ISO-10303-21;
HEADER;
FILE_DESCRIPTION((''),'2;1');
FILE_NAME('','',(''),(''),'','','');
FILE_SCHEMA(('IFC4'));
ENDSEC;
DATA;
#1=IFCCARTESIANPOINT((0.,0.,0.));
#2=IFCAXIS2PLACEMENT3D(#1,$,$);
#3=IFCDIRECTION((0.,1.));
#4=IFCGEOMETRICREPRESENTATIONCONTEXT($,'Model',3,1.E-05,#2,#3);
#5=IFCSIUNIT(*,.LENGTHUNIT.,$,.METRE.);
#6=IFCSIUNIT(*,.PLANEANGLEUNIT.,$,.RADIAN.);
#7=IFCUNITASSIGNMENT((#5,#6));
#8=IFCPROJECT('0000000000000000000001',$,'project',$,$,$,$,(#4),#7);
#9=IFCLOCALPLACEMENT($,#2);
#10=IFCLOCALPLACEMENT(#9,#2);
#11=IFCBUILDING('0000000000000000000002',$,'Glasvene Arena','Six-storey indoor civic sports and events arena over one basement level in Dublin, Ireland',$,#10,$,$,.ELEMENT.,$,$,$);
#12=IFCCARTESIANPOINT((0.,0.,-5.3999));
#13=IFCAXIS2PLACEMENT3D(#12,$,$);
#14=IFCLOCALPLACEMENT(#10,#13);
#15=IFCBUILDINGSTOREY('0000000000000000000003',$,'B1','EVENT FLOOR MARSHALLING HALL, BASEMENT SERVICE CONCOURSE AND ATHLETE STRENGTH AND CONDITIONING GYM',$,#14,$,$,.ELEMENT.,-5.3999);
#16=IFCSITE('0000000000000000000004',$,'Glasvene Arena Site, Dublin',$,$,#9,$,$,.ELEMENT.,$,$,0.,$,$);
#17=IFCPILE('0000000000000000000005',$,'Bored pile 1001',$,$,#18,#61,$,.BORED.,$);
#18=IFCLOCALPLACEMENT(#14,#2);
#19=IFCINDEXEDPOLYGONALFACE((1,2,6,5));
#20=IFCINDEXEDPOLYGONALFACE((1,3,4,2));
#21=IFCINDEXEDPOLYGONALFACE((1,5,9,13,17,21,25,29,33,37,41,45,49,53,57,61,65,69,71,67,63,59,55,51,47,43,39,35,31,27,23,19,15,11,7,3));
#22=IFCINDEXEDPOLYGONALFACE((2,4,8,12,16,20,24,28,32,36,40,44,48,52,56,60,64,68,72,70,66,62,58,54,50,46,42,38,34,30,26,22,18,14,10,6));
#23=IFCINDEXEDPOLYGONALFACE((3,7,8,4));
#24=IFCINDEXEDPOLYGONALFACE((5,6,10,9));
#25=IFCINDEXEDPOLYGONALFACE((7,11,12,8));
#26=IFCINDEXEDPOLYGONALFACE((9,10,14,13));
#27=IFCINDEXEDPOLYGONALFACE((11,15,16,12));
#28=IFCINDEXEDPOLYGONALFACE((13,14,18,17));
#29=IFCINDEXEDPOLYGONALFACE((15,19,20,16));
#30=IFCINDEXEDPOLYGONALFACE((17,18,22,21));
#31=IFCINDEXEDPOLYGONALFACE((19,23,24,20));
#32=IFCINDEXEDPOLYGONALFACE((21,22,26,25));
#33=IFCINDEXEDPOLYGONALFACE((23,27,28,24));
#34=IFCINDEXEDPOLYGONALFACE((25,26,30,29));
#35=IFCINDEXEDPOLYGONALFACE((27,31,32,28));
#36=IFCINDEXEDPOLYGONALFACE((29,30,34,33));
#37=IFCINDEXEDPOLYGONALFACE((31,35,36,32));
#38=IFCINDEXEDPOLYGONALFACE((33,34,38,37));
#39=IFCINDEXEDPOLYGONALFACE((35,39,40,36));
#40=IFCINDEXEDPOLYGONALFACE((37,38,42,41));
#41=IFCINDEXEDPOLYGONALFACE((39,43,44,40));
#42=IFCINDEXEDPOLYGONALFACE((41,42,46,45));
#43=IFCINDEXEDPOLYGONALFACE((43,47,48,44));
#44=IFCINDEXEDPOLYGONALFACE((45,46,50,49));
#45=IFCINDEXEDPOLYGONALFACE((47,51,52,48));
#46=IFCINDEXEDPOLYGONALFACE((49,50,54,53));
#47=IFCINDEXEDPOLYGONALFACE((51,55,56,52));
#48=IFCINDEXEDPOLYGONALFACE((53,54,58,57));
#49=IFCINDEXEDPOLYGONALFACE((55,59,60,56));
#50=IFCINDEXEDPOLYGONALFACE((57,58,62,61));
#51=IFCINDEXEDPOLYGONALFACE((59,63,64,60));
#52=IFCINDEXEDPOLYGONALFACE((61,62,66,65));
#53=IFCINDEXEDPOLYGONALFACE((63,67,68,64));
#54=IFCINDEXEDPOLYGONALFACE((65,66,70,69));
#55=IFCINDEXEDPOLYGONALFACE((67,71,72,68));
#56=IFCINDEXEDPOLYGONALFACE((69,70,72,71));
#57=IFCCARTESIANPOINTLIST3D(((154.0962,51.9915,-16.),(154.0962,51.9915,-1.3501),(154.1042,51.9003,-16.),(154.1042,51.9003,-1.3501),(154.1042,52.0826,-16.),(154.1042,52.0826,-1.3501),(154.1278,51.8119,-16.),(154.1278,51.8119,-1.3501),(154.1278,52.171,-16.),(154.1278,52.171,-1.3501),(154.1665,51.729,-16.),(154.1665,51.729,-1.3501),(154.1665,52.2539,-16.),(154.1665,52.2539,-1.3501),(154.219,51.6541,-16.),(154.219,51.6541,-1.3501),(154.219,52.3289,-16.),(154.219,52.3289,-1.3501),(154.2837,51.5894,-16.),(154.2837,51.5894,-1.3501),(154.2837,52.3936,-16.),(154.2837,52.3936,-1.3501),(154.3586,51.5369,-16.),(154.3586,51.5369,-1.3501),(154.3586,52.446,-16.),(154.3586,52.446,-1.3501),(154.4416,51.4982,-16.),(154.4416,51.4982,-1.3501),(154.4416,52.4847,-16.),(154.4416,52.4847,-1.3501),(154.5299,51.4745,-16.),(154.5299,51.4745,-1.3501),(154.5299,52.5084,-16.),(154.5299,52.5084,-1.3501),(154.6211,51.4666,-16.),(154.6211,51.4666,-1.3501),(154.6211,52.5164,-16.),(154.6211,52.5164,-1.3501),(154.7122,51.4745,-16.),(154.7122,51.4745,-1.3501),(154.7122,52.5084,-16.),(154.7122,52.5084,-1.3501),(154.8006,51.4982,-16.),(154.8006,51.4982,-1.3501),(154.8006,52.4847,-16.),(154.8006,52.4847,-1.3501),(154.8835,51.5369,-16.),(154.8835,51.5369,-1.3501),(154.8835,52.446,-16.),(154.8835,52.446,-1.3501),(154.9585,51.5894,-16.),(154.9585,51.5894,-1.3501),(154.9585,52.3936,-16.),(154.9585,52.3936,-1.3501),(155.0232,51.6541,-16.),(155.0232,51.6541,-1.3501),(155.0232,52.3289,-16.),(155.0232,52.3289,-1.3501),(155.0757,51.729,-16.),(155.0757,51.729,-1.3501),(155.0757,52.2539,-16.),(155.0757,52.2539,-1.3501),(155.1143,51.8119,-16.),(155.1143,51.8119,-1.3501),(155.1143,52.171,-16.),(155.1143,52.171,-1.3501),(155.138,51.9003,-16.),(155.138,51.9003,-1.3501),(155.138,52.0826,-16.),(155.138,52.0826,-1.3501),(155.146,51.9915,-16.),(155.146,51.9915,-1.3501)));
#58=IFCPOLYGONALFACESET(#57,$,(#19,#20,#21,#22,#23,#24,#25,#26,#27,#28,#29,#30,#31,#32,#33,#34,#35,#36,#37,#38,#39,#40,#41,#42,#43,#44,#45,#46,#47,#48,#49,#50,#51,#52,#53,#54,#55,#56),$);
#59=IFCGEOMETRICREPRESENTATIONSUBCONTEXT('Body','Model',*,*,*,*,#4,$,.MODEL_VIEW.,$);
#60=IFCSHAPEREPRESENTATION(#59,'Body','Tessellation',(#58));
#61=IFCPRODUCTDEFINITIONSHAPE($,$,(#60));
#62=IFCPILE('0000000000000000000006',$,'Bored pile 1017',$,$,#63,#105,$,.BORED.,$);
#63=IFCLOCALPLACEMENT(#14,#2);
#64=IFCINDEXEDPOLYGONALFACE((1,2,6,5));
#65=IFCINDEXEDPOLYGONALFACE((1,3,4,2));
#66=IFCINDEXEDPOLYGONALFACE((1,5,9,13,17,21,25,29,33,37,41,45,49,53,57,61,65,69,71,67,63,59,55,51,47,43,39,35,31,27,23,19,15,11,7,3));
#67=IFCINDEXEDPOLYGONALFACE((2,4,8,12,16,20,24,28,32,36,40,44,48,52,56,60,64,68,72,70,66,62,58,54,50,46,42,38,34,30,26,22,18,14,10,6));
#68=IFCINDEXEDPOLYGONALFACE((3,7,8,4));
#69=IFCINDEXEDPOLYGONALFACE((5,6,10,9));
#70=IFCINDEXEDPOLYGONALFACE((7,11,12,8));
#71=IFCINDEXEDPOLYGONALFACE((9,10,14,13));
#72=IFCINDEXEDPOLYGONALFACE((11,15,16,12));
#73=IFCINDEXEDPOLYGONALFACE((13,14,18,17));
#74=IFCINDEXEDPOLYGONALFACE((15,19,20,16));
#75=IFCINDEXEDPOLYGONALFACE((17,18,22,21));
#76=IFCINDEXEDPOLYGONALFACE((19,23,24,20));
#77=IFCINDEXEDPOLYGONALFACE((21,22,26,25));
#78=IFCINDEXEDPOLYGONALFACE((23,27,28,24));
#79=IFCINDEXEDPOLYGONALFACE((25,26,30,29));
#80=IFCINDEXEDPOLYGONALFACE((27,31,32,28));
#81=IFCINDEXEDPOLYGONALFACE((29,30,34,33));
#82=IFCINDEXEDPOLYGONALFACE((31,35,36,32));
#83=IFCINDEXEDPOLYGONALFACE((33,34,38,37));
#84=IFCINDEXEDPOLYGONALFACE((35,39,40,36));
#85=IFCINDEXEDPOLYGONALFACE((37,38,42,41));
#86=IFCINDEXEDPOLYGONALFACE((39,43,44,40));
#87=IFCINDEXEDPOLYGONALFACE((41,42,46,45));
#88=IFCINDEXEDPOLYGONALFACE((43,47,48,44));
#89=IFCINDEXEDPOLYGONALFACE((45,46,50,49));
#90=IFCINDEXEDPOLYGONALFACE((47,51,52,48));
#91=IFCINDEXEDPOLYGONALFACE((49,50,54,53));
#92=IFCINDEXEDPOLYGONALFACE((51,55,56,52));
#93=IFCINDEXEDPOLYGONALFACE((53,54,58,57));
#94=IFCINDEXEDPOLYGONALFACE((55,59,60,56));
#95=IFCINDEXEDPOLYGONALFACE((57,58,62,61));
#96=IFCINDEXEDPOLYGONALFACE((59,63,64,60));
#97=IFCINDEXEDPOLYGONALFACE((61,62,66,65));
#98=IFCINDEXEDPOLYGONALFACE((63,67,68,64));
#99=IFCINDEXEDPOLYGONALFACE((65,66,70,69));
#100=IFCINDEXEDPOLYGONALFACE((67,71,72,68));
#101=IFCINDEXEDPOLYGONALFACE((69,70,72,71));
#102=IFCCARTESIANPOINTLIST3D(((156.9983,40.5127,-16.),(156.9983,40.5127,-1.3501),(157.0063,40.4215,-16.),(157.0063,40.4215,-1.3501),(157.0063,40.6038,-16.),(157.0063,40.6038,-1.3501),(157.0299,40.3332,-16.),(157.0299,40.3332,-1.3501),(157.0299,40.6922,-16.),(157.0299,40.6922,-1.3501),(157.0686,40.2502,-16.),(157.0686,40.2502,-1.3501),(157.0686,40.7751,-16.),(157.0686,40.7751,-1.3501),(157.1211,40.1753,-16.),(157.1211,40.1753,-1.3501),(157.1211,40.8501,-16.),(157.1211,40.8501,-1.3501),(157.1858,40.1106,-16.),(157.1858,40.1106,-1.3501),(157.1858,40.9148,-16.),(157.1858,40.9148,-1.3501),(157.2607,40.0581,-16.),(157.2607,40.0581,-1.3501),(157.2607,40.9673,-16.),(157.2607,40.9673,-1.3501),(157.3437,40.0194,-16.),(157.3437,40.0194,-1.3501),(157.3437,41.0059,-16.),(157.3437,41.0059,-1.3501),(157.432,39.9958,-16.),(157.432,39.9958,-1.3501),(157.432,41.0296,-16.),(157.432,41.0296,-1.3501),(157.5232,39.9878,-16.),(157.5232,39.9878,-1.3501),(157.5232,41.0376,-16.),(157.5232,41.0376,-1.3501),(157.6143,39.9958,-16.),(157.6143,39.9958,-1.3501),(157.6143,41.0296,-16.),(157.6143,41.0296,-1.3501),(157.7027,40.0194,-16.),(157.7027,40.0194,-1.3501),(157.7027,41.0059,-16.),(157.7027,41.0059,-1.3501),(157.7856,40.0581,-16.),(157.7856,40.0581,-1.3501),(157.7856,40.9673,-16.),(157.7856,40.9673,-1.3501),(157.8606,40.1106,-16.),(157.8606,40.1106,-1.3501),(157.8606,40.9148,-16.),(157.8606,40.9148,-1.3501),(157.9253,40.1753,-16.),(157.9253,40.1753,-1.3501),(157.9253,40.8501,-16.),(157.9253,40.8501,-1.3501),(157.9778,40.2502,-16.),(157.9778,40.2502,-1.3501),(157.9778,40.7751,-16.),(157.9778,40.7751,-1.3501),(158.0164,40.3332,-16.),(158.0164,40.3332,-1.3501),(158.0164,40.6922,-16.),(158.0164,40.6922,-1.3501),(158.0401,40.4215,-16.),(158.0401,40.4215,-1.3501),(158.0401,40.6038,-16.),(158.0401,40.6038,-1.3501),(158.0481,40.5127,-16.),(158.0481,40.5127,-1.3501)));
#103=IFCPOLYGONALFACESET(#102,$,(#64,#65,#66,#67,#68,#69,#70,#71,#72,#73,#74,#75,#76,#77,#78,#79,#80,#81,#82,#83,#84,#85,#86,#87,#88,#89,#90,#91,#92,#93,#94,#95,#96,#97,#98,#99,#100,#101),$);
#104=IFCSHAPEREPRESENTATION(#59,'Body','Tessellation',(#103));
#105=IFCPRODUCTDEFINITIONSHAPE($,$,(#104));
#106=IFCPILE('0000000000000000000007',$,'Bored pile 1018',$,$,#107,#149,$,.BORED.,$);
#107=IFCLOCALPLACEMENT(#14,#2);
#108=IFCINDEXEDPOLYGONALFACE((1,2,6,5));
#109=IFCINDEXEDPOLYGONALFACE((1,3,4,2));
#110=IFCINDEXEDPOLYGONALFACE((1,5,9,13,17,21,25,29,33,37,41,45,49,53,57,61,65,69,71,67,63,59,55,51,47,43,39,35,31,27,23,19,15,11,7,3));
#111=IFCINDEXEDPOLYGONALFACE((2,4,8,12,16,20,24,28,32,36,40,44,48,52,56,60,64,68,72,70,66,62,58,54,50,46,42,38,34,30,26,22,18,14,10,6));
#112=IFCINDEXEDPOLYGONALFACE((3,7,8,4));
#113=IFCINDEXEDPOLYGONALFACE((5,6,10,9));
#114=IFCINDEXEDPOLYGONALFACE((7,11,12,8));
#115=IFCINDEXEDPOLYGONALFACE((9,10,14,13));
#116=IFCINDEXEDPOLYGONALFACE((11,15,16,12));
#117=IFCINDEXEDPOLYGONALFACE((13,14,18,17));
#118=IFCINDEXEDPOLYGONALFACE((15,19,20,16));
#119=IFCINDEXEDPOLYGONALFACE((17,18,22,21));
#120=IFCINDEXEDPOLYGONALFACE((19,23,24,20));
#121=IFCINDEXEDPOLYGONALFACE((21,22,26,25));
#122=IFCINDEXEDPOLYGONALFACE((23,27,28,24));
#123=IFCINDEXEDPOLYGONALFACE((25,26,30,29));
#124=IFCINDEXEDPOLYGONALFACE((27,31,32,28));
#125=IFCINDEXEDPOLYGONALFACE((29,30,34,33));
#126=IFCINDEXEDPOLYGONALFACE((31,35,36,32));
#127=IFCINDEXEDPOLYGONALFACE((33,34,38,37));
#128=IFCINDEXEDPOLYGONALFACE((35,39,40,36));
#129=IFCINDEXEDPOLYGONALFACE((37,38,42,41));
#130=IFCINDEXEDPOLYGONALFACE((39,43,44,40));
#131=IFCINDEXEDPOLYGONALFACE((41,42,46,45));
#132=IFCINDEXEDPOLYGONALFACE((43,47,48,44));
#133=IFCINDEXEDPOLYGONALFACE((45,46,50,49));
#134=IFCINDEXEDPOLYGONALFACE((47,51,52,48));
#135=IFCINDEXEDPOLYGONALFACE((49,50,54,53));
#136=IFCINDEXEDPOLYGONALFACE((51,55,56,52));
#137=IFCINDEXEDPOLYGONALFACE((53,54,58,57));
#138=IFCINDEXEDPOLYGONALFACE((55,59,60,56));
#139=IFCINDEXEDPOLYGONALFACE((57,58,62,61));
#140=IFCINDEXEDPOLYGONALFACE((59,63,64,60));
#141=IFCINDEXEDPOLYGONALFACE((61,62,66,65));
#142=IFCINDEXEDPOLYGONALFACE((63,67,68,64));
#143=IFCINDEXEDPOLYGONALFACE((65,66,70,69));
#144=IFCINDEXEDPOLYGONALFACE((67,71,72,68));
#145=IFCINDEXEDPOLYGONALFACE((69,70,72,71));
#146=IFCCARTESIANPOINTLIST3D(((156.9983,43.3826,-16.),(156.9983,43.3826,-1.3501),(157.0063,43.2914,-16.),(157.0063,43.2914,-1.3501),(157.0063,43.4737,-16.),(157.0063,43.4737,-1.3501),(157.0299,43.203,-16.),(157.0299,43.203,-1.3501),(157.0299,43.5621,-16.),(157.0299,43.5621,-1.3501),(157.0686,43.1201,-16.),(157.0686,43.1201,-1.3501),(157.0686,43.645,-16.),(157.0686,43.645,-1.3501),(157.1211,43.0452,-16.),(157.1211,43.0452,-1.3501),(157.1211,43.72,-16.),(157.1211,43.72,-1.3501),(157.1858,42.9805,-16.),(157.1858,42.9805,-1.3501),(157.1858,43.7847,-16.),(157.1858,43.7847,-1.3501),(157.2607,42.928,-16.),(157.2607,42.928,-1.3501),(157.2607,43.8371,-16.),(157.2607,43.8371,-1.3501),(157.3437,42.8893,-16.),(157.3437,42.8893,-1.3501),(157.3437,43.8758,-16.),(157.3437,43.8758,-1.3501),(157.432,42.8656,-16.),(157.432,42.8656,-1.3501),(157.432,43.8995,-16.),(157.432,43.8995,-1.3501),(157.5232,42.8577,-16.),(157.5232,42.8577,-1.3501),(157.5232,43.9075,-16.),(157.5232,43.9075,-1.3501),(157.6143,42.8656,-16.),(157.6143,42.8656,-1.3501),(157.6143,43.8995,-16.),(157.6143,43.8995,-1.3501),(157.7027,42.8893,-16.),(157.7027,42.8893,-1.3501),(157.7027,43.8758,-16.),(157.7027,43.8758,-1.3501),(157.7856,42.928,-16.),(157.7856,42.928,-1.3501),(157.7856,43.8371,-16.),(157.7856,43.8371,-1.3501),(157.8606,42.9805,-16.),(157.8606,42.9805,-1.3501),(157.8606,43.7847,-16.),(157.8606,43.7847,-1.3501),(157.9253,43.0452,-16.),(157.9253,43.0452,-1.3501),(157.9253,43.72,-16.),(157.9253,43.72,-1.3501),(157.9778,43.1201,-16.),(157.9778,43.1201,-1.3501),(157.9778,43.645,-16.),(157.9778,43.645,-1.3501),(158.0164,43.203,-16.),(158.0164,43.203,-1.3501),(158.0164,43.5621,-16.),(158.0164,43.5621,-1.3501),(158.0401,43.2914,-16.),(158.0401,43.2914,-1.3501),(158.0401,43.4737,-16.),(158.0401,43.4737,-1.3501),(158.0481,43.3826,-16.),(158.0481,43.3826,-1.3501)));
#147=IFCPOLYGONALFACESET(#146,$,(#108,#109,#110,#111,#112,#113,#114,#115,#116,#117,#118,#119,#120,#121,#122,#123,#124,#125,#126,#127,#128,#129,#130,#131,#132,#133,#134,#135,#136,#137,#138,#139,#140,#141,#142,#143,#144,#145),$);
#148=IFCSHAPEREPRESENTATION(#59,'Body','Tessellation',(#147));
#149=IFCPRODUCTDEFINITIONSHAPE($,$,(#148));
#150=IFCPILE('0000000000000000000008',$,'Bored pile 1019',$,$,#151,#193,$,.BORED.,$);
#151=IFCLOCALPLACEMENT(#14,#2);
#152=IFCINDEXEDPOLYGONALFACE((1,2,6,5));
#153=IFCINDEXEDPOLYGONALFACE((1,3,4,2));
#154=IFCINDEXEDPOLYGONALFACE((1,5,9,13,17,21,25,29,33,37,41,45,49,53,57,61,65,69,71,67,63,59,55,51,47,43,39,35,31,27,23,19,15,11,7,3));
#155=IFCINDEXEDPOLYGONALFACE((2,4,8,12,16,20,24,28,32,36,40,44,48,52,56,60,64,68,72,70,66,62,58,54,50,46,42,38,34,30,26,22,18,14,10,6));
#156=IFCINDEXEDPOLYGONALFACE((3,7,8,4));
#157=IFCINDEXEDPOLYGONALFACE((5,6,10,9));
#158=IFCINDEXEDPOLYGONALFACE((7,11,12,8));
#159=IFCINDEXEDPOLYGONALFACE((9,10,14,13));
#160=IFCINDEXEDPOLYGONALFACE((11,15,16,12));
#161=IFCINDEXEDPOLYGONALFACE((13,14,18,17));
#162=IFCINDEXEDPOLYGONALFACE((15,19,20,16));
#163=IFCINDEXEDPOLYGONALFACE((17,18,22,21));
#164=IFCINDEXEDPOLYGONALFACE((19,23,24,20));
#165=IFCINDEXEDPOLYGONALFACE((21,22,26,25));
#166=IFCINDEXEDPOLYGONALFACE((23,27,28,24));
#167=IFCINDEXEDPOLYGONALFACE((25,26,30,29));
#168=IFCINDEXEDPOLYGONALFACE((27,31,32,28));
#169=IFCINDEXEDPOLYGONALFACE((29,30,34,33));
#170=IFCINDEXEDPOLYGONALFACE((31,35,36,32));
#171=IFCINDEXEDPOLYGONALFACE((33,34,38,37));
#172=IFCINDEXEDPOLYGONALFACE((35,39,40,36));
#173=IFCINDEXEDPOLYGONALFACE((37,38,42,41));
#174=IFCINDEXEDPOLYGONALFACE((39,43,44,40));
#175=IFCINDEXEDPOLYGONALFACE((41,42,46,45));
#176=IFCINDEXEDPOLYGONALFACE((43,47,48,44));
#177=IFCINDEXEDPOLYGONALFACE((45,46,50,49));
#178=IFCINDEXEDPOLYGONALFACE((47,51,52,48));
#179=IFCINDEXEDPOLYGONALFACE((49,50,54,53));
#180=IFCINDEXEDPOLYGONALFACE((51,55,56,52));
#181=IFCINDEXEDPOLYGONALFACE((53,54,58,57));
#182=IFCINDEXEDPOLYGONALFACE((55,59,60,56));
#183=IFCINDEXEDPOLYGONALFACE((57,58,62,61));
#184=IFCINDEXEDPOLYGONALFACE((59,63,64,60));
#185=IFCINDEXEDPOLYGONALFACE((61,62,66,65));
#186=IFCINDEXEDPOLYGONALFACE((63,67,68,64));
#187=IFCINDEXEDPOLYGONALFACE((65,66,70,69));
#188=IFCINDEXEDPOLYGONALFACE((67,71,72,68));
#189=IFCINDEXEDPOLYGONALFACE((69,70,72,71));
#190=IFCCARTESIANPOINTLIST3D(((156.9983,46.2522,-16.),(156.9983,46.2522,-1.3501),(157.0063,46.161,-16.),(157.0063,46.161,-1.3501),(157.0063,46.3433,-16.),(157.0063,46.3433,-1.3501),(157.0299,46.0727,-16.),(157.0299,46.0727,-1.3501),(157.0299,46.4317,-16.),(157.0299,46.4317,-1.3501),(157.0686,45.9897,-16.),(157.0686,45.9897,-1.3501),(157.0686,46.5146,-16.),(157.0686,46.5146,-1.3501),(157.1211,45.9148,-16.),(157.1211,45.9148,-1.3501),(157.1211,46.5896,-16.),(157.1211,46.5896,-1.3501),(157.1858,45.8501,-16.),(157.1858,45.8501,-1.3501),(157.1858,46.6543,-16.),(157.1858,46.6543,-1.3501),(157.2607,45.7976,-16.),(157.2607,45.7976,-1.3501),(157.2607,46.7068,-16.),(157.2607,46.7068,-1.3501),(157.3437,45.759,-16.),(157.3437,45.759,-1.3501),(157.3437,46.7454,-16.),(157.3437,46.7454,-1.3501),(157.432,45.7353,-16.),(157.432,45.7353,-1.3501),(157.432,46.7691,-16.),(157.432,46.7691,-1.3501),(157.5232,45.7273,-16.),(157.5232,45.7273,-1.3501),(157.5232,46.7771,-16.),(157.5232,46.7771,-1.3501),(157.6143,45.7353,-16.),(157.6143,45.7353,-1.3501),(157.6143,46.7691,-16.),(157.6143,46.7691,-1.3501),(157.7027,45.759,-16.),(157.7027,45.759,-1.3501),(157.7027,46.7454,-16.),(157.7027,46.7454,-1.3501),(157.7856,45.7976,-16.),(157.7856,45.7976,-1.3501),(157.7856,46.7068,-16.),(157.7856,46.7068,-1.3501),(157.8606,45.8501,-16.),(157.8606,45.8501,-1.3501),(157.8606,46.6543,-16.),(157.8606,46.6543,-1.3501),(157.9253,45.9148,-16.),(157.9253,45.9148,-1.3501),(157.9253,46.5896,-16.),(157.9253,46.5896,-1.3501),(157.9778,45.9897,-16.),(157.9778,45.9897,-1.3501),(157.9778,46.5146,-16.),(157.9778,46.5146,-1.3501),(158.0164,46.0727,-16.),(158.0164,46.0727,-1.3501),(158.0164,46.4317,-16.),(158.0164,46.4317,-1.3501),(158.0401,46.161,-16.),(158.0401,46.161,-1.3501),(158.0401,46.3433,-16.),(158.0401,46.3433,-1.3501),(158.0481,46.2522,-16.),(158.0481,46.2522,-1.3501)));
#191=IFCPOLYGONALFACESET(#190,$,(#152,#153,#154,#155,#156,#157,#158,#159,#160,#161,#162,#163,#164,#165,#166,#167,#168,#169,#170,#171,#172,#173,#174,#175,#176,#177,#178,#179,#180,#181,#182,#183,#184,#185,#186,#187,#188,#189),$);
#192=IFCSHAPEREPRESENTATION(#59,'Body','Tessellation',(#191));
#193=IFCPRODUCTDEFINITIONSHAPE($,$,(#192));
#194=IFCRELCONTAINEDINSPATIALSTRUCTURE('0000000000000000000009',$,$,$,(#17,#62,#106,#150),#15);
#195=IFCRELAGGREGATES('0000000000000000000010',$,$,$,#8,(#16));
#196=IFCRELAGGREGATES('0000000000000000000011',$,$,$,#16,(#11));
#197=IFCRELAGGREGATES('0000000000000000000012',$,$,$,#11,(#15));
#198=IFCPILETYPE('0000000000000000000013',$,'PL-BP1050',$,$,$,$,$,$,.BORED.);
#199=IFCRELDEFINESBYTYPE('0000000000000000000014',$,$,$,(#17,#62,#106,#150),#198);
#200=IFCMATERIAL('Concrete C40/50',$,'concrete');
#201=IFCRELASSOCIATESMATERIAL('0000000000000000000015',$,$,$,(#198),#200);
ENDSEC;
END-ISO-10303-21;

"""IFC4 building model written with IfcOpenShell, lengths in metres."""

from ifc_helpers import new_model, si_unit, direction, frame, origin, origin_2d, place, context, subcontext, project, spatial, circle, extrude, material, material_profile, profile_set, type_object, element, save


model = new_model("IFC4")

# Units and contexts
model_context = context("Model", 3, precision=1e-05, world=origin(), true_north=direction((0.0, 1.0)))
body_context = subcontext(model_context, "Body", "Model", "MODEL_VIEW")
ifc_project = project(units=[si_unit("LENGTHUNIT", "METRE"), si_unit("PLANEANGLEUNIT", "RADIAN")], contexts=[model_context])

# Site, building, storey
site_placement = place(None, origin())
site = spatial("IfcSite", under=ifc_project, at=site_placement, Name="Glasvene Arena Site, Dublin", CompositionType="ELEMENT", RefElevation=0.0)
building_placement = place(site_placement, origin())
building = spatial("IfcBuilding", under=site, at=building_placement, Name="Glasvene Arena", Description="Six-storey indoor civic sports and events arena over one basement level in Dublin, Ireland", CompositionType="ELEMENT")
storey_placement = place(building_placement, frame((0.0, 0.0, -5.3999)))
storey = spatial("IfcBuildingStorey", under=building, at=storey_placement, Name="B1", Description="EVENT FLOOR MARSHALLING HALL, BASEMENT SERVICE CONCOURSE AND ATHLETE STRENGTH AND CONDITIONING GYM", CompositionType="ELEMENT", Elevation=-5.3999)

# Shared definitions
ifc_material_1 = material(Name="Concrete C40/50", Category="concrete")

# Piles
ifc_material_profile_1 = material_profile(ifc_material_1, circle(Radius=0.5249, at=origin_2d()), Name="BORED PILE 1050")
ifc_profile_set_1 = profile_set([ifc_material_profile_1], Name="Concrete C40/50")
pile_type_1 = type_object("IfcPileType", Name="PL-BP1050", PredefinedType="BORED", material=ifc_profile_set_1)
for number, where, z_axis, x_axis, name in (
    (1, (154.6211, 51.9915, -1.3501), (0.0, 0.0, -1.0), (1.0, 0.0, 0.0), "Bored pile 1001"),
    (2, (157.5232, 40.5127, -1.3501), (0.0, 0.0, -1.0), (1.0, 0.0, 0.0), "Bored pile 1017"),
    (3, (157.5232, 43.3826, -1.3501), (0.0, 0.0, -1.0), (1.0, 0.0, 0.0), "Bored pile 1018"),
    (4, (157.5232, 46.2522, -1.3501), (0.0, 0.0, -1.0), (1.0, 0.0, 0.0), "Bored pile 1019"),
):
    element("IfcPile", number, at=place(storey_placement, frame(where, z_axis=z_axis, x_axis=x_axis)), inside=storey, type_object=pile_type_1, Name=name, PredefinedType="BORED", context=body_context, shape_type="SweptSolid", body=[
        extrude(circle(Radius=0.5249, at=origin_2d()), origin(), (0.0, 0.0, 1.0), 14.6499),
    ])

save(model, "model.ifc")
